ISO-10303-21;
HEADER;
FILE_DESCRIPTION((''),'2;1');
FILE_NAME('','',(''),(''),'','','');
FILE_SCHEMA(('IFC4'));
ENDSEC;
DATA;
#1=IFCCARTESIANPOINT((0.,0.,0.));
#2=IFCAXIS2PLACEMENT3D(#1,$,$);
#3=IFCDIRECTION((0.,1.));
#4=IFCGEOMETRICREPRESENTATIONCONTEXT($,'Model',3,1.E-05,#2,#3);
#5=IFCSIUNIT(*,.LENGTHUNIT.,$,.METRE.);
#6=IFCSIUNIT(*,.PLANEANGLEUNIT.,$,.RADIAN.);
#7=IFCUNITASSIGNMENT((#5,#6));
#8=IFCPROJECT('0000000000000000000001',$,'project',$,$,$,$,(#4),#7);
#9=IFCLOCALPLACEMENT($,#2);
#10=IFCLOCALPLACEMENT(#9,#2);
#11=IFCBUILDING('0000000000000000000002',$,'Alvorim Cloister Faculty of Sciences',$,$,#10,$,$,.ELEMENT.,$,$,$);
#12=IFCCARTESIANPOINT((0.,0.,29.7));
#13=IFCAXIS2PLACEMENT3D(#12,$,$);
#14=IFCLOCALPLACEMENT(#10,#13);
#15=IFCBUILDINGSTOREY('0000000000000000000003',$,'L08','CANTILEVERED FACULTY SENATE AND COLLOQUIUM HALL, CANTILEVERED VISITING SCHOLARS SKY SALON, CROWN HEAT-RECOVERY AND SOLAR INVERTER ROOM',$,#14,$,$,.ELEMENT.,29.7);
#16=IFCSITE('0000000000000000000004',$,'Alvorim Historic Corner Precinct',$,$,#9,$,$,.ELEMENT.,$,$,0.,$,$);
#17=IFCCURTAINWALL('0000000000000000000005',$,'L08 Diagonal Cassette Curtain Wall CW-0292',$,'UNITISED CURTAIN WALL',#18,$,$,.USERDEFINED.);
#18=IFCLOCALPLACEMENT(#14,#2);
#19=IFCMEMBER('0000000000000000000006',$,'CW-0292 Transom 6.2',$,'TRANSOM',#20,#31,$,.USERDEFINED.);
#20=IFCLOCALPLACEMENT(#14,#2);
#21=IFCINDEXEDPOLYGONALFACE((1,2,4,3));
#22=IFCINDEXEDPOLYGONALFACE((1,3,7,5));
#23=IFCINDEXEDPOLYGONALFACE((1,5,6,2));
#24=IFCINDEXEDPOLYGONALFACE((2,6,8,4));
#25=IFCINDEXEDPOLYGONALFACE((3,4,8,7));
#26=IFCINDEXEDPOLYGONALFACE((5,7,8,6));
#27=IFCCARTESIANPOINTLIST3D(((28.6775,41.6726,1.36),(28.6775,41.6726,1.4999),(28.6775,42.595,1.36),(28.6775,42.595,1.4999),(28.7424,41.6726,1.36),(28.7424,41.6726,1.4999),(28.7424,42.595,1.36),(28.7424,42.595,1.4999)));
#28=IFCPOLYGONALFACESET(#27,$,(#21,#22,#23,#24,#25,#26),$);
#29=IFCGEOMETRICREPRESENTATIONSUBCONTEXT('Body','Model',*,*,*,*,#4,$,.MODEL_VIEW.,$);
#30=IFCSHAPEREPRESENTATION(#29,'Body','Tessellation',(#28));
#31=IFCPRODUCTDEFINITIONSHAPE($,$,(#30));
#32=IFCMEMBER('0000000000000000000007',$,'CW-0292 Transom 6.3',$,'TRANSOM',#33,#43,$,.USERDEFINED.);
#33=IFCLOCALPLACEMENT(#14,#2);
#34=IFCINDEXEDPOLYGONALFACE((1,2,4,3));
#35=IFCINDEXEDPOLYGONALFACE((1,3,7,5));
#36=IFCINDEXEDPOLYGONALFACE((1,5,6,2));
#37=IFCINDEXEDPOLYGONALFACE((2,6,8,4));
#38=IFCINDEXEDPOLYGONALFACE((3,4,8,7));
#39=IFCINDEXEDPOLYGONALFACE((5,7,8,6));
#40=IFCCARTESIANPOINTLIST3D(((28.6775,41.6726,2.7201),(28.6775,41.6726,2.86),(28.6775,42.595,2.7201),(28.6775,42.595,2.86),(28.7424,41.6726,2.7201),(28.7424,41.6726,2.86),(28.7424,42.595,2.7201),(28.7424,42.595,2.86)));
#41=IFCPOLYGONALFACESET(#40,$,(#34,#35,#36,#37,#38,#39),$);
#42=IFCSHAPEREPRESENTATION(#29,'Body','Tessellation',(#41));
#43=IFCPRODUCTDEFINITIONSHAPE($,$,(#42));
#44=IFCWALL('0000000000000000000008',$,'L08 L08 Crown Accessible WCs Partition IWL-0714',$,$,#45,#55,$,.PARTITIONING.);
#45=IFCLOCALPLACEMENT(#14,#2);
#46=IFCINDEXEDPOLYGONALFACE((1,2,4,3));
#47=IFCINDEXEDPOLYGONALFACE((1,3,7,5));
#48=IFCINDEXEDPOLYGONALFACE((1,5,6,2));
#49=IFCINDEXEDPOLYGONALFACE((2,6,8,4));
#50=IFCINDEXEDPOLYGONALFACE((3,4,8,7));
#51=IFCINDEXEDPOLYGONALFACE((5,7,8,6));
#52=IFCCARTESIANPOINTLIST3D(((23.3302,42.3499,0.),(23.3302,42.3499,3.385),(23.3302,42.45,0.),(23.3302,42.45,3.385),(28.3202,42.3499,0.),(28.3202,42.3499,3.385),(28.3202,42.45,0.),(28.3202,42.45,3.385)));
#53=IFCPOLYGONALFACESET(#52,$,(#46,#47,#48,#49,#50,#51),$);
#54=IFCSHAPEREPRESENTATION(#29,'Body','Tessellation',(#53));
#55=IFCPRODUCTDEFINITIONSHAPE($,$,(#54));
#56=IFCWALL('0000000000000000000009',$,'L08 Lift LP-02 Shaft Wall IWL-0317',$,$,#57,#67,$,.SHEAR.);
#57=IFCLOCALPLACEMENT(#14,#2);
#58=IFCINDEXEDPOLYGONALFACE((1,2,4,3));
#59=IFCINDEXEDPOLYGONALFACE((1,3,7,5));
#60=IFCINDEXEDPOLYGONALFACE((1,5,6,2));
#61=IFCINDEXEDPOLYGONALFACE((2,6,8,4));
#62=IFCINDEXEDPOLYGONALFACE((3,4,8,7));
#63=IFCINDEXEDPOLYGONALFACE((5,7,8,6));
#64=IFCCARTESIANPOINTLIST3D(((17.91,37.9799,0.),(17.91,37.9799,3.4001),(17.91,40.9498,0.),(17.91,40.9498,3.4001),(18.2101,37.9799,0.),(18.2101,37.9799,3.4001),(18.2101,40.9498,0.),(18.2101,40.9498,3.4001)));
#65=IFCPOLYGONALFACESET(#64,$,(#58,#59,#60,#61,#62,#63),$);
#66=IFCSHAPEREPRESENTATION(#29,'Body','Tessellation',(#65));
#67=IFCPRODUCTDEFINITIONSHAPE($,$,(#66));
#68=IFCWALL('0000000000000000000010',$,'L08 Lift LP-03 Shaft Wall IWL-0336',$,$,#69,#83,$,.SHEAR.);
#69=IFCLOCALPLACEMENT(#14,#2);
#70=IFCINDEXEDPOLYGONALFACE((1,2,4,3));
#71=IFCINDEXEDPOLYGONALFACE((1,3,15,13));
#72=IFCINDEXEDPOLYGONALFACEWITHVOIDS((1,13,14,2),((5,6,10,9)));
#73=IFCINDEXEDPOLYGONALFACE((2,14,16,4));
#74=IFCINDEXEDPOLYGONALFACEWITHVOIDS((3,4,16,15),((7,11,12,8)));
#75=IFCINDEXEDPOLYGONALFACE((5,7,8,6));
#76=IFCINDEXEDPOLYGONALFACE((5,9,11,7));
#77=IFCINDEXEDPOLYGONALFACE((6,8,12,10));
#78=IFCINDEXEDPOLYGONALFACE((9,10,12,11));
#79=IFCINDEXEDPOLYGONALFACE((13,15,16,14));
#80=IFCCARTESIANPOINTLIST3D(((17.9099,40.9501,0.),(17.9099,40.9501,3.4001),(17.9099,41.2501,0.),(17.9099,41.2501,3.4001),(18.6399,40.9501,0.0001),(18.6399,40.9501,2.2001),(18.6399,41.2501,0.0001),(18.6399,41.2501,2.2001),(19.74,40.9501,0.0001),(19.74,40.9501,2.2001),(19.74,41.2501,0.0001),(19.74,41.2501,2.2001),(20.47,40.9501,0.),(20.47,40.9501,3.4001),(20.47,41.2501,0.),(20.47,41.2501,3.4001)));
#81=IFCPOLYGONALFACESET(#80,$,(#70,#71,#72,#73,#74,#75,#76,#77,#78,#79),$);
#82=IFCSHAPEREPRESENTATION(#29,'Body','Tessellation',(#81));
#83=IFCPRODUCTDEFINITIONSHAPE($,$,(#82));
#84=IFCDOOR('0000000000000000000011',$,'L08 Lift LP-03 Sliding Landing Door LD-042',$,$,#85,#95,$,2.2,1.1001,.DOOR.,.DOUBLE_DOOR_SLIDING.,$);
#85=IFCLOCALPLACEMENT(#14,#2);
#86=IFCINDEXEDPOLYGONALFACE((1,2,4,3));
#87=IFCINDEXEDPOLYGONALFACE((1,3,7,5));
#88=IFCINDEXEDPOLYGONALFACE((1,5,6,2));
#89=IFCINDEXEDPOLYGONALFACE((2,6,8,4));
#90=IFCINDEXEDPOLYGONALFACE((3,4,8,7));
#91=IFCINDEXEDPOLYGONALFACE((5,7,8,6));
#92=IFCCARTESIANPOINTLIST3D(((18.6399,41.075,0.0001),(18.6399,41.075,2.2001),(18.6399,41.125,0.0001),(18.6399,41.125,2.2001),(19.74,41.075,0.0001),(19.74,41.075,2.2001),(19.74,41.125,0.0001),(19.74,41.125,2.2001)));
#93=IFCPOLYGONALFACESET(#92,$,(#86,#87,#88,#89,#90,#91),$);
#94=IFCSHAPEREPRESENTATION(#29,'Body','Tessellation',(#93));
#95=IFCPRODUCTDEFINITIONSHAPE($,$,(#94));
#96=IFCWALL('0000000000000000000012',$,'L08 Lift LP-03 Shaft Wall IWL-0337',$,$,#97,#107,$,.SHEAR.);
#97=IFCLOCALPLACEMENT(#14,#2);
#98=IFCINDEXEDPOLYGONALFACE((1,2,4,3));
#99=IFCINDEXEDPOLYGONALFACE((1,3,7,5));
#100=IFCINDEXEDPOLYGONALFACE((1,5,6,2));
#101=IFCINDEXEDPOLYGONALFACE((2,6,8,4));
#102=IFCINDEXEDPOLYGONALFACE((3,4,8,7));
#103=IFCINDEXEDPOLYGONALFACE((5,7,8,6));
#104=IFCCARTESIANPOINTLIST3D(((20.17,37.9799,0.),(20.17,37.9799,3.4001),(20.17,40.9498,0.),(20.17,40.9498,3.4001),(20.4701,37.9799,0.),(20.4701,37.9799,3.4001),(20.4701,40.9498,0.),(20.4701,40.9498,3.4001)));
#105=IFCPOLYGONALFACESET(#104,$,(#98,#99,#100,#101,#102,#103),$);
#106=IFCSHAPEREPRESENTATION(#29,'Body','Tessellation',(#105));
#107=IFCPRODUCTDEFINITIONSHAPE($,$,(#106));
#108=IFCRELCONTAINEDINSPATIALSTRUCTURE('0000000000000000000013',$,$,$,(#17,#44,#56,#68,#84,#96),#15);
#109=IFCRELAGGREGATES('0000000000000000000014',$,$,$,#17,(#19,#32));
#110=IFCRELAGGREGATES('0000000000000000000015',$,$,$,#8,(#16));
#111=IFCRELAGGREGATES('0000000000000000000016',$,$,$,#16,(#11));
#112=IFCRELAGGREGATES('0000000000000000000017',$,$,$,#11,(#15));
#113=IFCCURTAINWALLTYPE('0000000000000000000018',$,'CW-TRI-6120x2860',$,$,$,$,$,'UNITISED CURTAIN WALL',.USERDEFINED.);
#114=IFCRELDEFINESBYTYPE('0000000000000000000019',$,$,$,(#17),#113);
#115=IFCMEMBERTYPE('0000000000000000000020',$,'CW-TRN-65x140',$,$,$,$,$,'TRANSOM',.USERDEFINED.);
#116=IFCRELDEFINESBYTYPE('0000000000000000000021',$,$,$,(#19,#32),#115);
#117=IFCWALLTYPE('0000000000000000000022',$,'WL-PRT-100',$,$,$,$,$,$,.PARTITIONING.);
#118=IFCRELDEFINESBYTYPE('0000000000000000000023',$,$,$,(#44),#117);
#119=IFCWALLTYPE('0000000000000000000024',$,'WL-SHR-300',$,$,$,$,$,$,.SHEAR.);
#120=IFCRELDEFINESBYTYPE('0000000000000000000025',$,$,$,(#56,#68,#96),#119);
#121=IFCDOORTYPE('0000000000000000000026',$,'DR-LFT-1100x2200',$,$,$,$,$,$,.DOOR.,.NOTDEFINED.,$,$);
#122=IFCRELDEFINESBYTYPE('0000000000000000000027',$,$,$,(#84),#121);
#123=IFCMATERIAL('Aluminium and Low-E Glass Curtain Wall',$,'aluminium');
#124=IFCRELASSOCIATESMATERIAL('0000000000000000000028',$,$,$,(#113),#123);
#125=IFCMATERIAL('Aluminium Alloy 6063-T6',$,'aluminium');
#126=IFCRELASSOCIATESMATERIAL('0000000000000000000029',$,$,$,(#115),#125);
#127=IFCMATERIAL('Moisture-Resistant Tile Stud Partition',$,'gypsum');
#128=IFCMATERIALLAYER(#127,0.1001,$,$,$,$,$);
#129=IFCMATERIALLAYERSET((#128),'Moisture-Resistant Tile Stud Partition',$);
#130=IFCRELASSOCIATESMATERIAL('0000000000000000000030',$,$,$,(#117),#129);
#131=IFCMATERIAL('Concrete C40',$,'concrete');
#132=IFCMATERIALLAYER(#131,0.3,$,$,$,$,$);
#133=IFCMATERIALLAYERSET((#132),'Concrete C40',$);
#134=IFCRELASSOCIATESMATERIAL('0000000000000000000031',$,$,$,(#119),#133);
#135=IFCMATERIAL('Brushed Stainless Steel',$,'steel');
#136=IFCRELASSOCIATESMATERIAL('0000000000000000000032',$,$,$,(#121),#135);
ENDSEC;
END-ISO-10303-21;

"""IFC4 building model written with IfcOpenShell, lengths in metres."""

from ifc_helpers import new_model, si_unit, direction, frame, frame_2d, origin, origin_2d, place, context, subcontext, project, spatial, rectangle, extrude, material, layer, layer_set, material_profile, profile_set, type_object, element, fill, aggregate, save


model = new_model("IFC4")

# Units and contexts
model_context = context("Model", 3, precision=1e-05, world=origin(), true_north=direction((0.0, 1.0)))
body_context = subcontext(model_context, "Body", "Model", "MODEL_VIEW")
ifc_project = project(units=[si_unit("LENGTHUNIT", "METRE"), si_unit("PLANEANGLEUNIT", "RADIAN")], contexts=[model_context])

# Site, building, storey
site_placement = place(None, origin())
site = spatial("IfcSite", under=ifc_project, at=site_placement, Name="Alvorim Historic Corner Precinct", CompositionType="ELEMENT", RefElevation=0.0)
building_placement = place(site_placement, origin())
building = spatial("IfcBuilding", under=site, at=building_placement, Name="Alvorim Cloister Faculty of Sciences", CompositionType="ELEMENT")
storey_placement = place(building_placement, frame((0.0, 0.0, 29.7)))
storey = spatial("IfcBuildingStorey", under=building, at=storey_placement, Name="L08", Description="CANTILEVERED FACULTY SENATE AND COLLOQUIUM HALL, CANTILEVERED VISITING SCHOLARS SKY SALON, CROWN HEAT-RECOVERY AND SOLAR INVERTER ROOM", CompositionType="ELEMENT", Elevation=29.7)

# Curtain wall, members
ifc_material_1 = material(Name="Aluminium and Low-E Glass Curtain Wall", Category="aluminium")
curtain_wall_type = type_object("IfcCurtainWallType", Name="CW-TRI-6120x2860", ElementType="UNITISED CURTAIN WALL", PredefinedType="USERDEFINED", material=ifc_material_1)
curtain_wall_placement = place(storey_placement, origin())
curtain_wall = element("IfcCurtainWall", 1, at=curtain_wall_placement, inside=storey, type_object=curtain_wall_type, Name="L08 Diagonal Cassette Curtain Wall CW-0292", ObjectType="UNITISED CURTAIN WALL", PredefinedType="USERDEFINED")
ifc_material_2 = material(Name="Aluminium Alloy 6063-T6", Category="aluminium")
ifc_material_profile_1 = material_profile(ifc_material_2, rectangle(XDim=0.0649, YDim=0.1399, at=origin_2d()), Name="ALU-TRN-65x140")
ifc_profile_set_1 = profile_set([ifc_material_profile_1], Name="Aluminium Alloy 6063-T6")
member_type_1 = type_object("IfcMemberType", Name="CW-TRN-65x140", ElementType="TRANSOM", PredefinedType="USERDEFINED", material=ifc_profile_set_1)
member_1_placement = place(storey_placement, frame((28.71, 41.6726, 1.4299), z_axis=(0.0, 1.0, 0.0), x_axis=(-1.0, 0.0, 0.0)))
member_1 = element("IfcMember", 2, at=member_1_placement, type_object=member_type_1, Name="CW-0292 Transom 6.2", ObjectType="TRANSOM", PredefinedType="USERDEFINED", context=body_context, shape_type="SweptSolid", body=[
    extrude(rectangle(XDim=0.0649, YDim=0.1399, at=origin_2d()), origin(), (0.0, 0.0, 1.0), 0.9224),
])
member_2_placement = place(storey_placement, frame((28.71, 41.6726, 2.79), z_axis=(0.0, 1.0, 0.0), x_axis=(-1.0, 0.0, 0.0)))
member_2 = element("IfcMember", 3, at=member_2_placement, type_object=member_type_1, Name="CW-0292 Transom 6.3", ObjectType="TRANSOM", PredefinedType="USERDEFINED", context=body_context, shape_type="SweptSolid", body=[
    extrude(rectangle(XDim=0.0649, YDim=0.1399, at=origin_2d()), origin(), (0.0, 0.0, 1.0), 0.9224),
])
aggregate(curtain_wall, [member_1, member_2])

# Walls
ifc_material_3 = material(Name="Moisture-Resistant Tile Stud Partition", Category="gypsum")
ifc_layer_1 = layer(ifc_material_3, 0.1001)
ifc_layer_set_1 = layer_set([ifc_layer_1], Name="Moisture-Resistant Tile Stud Partition")
wall_type_1 = type_object("IfcWallType", Name="WL-PRT-100", PredefinedType="PARTITIONING", material=ifc_layer_set_1)
wall_1_placement = place(storey_placement, frame((23.3301, 42.3999, 0.0), z_axis=(0.0, 0.0, 1.0), x_axis=(1.0, 0.0, 0.0)))
element("IfcWall", 4, at=wall_1_placement, inside=storey, type_object=wall_type_1, Name="L08 L08 Crown Accessible WCs Partition IWL-0714", PredefinedType="PARTITIONING", context=body_context, shape_type="SweptSolid", body=[
    extrude(rectangle(XDim=4.99, YDim=0.1001, at=frame_2d((2.4951, 0.0))), origin(), (0.0, 0.0, 1.0), 3.385),
])
ifc_material_4 = material(Name="Concrete C40", Category="concrete")
ifc_layer_2 = layer(ifc_material_4, 0.3)
ifc_layer_set_2 = layer_set([ifc_layer_2], Name="Concrete C40")
wall_type_2 = type_object("IfcWallType", Name="WL-SHR-300", PredefinedType="SHEAR", material=ifc_layer_set_2)
wall_2_placement = place(storey_placement, frame((18.0601, 37.98, 0.0), z_axis=(0.0, 0.0, 1.0), x_axis=(0.0, 1.0, 0.0)))
element("IfcWall", 5, at=wall_2_placement, inside=storey, type_object=wall_type_2, Name="L08 Lift LP-02 Shaft Wall IWL-0317", PredefinedType="SHEAR", context=body_context, shape_type="SweptSolid", body=[
    extrude(rectangle(XDim=2.97, YDim=0.3, at=frame_2d((1.4849, 0.0))), origin(), (0.0, 0.0, 1.0), 3.4001),
])

# Wall, opening, door
wall_3_placement = place(storey_placement, frame((17.9099, 41.1001, 0.0), z_axis=(0.0, 0.0, 1.0), x_axis=(1.0, 0.0, 0.0)))
wall_3 = element("IfcWall", 6, at=wall_3_placement, inside=storey, type_object=wall_type_2, Name="L08 Lift LP-03 Shaft Wall IWL-0336", PredefinedType="SHEAR", context=body_context, shape_type="SweptSolid", body=[
    extrude(rectangle(XDim=2.5601, YDim=0.3, at=frame_2d((1.28, 0.0))), origin(), (0.0, 0.0, 1.0), 3.4001),
])
opening_placement = place(wall_3_placement, frame((0.73, 0.0, 0.0)))
opening = element("IfcOpeningElement", 7, at=opening_placement, cuts=wall_3, PredefinedType="OPENING", context=body_context, shape_type="SweptSolid", body=[
    extrude(rectangle(XDim=1.1001, YDim=2.2, at=frame_2d((0.55, 1.1001))), frame((0.0, 0.1621, 0.0), z_axis=(0.0, -1.0, 0.0), x_axis=(1.0, 0.0, 0.0)), (0.0, 0.0, 1.0), 0.324),
])
ifc_material_5 = material(Name="Brushed Stainless Steel", Category="steel")
door_type = type_object("IfcDoorType", Name="DR-LFT-1100x2200", OperationType="NOTDEFINED", PredefinedType="DOOR", material=ifc_material_5)
door_placement = place(opening_placement, origin())
door = element("IfcDoor", 8, at=door_placement, inside=storey, type_object=door_type, Name="L08 Lift LP-03 Sliding Landing Door LD-042", OperationType="DOUBLE_DOOR_SLIDING", OverallHeight=2.2, OverallWidth=1.1001, PredefinedType="DOOR", context=body_context, shape_type="SweptSolid", body=[
    extrude(rectangle(XDim=1.1001, YDim=2.2, at=frame_2d((0.55, 1.1001))), frame((0.0, 0.0249, 0.0), z_axis=(0.0, -1.0, 0.0), x_axis=(1.0, 0.0, 0.0)), (0.0, 0.0, 1.0), 0.05),
])
fill(opening, door)

# Wall
wall_4_placement = place(storey_placement, frame((20.3201, 37.98, 0.0), z_axis=(0.0, 0.0, 1.0), x_axis=(0.0, 1.0, 0.0)))
element("IfcWall", 9, at=wall_4_placement, inside=storey, type_object=wall_type_2, Name="L08 Lift LP-03 Shaft Wall IWL-0337", PredefinedType="SHEAR", context=body_context, shape_type="SweptSolid", body=[
    extrude(rectangle(XDim=2.97, YDim=0.3, at=frame_2d((1.4849, 0.0))), origin(), (0.0, 0.0, 1.0), 3.4001),
])

save(model, "model.ifc")
